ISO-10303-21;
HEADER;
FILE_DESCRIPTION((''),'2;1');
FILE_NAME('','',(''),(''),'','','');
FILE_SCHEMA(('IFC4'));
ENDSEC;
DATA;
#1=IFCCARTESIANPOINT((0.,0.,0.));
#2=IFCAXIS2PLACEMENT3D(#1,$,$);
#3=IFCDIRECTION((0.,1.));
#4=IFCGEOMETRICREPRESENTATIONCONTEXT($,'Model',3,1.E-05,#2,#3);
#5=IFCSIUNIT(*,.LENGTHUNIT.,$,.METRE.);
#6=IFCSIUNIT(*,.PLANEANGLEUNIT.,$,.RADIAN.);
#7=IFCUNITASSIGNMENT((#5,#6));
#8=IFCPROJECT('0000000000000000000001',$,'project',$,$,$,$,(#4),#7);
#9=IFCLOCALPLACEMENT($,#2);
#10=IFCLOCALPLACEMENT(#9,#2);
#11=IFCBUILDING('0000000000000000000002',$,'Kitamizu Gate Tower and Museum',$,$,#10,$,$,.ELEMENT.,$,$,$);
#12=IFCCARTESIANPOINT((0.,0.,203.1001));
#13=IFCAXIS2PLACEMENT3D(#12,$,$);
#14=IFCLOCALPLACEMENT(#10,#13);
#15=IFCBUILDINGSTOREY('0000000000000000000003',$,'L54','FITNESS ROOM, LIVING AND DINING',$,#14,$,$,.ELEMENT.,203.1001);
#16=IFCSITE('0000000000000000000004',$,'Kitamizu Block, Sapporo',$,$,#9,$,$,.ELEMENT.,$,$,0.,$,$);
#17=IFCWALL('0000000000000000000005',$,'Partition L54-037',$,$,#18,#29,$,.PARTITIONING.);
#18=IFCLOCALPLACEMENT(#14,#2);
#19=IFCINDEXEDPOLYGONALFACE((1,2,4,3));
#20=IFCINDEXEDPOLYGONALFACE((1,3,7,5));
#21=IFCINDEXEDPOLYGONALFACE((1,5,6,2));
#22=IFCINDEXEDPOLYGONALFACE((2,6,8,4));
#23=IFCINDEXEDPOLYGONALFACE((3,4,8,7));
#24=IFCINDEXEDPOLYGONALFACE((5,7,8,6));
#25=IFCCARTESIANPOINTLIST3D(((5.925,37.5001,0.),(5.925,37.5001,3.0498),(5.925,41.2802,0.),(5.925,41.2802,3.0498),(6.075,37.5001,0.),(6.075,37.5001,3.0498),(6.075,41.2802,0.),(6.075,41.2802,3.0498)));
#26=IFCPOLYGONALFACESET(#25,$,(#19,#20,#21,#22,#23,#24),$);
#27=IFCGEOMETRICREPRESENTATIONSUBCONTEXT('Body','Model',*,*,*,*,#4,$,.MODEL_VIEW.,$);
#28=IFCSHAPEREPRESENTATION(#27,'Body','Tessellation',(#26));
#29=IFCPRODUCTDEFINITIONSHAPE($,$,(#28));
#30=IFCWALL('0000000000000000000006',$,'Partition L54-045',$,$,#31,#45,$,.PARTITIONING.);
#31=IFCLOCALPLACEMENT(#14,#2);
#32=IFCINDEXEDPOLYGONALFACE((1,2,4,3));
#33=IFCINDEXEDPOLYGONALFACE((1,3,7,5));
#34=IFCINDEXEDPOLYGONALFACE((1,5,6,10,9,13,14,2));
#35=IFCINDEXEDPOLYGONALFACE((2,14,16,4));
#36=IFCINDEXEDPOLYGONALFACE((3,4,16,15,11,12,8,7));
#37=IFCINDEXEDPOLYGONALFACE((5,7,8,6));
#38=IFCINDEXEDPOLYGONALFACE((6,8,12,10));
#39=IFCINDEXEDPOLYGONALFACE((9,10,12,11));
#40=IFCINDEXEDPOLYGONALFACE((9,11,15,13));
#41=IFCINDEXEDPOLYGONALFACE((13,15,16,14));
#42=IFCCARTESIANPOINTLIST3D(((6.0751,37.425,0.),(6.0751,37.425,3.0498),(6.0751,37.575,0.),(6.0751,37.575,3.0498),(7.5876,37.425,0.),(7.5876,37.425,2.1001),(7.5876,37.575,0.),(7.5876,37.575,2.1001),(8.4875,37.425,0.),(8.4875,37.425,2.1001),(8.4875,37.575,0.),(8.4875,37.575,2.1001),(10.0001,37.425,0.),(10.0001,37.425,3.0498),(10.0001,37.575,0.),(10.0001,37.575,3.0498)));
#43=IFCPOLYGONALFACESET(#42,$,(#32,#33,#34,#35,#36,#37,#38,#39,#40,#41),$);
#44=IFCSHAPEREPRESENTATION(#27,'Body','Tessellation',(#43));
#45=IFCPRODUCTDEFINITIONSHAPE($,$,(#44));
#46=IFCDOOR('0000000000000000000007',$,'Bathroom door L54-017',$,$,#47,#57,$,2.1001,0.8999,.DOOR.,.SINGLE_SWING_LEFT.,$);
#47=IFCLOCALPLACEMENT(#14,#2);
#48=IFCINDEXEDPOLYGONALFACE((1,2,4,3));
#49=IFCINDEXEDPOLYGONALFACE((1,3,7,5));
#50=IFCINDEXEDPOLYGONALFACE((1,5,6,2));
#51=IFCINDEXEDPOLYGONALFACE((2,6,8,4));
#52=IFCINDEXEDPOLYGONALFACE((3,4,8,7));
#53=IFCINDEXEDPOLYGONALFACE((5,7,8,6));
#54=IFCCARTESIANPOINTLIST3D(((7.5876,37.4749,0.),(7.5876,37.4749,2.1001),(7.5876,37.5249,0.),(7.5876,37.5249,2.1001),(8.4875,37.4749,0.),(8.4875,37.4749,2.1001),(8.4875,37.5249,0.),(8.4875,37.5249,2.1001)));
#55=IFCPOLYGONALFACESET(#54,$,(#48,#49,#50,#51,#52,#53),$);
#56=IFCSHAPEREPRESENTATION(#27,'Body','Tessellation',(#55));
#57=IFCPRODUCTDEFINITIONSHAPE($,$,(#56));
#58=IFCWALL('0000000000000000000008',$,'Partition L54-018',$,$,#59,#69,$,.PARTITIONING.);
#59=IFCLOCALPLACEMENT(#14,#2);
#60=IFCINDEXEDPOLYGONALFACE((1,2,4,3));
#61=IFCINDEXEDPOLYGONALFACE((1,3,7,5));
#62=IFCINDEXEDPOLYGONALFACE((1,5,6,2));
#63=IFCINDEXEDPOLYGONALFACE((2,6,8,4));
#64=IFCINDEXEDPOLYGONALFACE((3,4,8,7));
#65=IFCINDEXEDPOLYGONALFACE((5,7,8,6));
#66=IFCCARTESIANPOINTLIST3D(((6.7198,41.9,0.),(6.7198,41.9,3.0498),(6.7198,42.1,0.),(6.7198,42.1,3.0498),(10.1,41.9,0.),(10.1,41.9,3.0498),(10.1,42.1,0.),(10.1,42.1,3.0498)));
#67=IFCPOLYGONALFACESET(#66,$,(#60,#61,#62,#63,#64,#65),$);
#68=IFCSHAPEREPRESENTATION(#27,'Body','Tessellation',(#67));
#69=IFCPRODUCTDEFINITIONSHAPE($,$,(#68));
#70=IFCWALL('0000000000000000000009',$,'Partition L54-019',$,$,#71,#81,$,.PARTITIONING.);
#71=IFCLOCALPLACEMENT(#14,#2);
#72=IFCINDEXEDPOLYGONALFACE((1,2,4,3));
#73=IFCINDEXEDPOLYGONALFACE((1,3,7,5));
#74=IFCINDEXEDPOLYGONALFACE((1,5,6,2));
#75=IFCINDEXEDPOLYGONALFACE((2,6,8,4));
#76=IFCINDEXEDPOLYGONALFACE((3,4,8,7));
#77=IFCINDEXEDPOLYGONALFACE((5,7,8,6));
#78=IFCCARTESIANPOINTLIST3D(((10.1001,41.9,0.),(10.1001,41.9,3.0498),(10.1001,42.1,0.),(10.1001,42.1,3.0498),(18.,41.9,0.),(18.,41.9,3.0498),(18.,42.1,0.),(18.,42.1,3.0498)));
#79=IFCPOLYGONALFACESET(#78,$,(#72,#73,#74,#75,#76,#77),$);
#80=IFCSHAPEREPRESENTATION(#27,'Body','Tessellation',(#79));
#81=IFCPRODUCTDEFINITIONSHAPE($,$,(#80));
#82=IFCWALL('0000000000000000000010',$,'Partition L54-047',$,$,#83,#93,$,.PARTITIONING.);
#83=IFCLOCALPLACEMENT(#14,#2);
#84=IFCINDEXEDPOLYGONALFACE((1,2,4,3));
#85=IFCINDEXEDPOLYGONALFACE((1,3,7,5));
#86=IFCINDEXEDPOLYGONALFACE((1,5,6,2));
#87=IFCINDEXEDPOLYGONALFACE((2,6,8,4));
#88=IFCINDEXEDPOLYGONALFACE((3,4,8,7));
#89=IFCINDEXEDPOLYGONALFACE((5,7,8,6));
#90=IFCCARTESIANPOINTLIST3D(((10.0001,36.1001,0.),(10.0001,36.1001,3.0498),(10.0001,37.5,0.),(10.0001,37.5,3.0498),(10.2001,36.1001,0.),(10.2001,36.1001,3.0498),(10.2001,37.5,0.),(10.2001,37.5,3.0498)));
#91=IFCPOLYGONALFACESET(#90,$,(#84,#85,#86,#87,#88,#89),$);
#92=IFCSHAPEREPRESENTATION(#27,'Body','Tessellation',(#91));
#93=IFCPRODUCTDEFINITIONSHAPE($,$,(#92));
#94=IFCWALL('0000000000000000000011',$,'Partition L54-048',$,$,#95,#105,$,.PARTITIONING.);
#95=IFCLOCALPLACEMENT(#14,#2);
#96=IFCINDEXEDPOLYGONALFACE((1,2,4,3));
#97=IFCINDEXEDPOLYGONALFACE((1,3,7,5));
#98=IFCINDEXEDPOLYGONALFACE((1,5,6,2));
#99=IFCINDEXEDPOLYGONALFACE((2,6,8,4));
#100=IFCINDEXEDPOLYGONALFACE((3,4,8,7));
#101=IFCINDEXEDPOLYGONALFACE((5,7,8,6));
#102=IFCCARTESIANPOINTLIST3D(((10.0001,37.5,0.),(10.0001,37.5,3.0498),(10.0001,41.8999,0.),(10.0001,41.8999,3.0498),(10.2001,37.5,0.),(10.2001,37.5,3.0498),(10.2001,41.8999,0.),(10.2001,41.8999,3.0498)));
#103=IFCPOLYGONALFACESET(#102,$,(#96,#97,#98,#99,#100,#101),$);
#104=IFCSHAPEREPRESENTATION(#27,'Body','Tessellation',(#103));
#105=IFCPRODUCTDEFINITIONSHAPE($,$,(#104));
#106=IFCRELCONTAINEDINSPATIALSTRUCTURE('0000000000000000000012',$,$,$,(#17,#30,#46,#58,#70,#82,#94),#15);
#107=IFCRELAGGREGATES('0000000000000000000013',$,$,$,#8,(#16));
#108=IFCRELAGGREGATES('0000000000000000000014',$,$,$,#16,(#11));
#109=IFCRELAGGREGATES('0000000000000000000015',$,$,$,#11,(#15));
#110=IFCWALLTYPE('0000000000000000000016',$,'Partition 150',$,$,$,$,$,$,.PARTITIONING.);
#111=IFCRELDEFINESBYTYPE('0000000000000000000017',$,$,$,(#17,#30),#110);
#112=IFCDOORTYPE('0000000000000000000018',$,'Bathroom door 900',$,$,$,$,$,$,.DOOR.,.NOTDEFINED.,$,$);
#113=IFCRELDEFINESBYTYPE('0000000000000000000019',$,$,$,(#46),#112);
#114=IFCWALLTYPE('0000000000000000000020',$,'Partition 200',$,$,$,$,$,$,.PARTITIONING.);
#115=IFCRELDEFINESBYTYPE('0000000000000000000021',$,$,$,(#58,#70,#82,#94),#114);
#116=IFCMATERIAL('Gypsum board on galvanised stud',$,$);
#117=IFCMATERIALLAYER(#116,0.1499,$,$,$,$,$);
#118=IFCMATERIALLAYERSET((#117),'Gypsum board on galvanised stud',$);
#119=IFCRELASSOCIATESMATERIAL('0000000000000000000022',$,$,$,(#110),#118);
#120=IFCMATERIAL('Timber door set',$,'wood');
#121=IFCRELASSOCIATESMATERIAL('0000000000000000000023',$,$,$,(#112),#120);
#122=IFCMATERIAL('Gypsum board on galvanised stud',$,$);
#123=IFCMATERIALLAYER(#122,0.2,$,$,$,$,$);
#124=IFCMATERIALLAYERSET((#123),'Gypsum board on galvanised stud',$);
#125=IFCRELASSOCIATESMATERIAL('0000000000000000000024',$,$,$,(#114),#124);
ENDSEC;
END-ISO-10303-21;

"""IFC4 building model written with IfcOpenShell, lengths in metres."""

from ifc_helpers import new_model, si_unit, direction, frame, frame_2d, origin, place, context, subcontext, project, spatial, rectangle, extrude, material, layer, layer_set, type_object, element, fill, save


model = new_model("IFC4")

# Units and contexts
model_context = context("Model", 3, precision=1e-05, world=origin(), true_north=direction((0.0, 1.0)))
body_context = subcontext(model_context, "Body", "Model", "MODEL_VIEW")
ifc_project = project(units=[si_unit("LENGTHUNIT", "METRE"), si_unit("PLANEANGLEUNIT", "RADIAN")], contexts=[model_context])

# Site, building, storey
site_placement = place(None, origin())
site = spatial("IfcSite", under=ifc_project, at=site_placement, Name="Kitamizu Block, Sapporo", CompositionType="ELEMENT", RefElevation=0.0)
building_placement = place(site_placement, origin())
building = spatial("IfcBuilding", under=site, at=building_placement, Name="Kitamizu Gate Tower and Museum", CompositionType="ELEMENT")
storey_placement = place(building_placement, frame((0.0, 0.0, 203.1001)))
storey = spatial("IfcBuildingStorey", under=building, at=storey_placement, Name="L54", Description="FITNESS ROOM, LIVING AND DINING", CompositionType="ELEMENT", Elevation=203.1001)

# Wall
ifc_material_1 = material(Name="Gypsum board on galvanised stud")
ifc_layer_1 = layer(ifc_material_1, 0.1499)
ifc_layer_set_1 = layer_set([ifc_layer_1], Name="Gypsum board on galvanised stud")
wall_type_1 = type_object("IfcWallType", Name="Partition 150", PredefinedType="PARTITIONING", material=ifc_layer_set_1)
wall_1_placement = place(storey_placement, frame((6.0, 37.5, 0.0), z_axis=(0.0, 0.0, 1.0), x_axis=(0.0, 1.0, 0.0)))
element("IfcWall", 1, at=wall_1_placement, inside=storey, type_object=wall_type_1, Name="Partition L54-037", PredefinedType="PARTITIONING", context=body_context, shape_type="SweptSolid", body=[
    extrude(rectangle(XDim=3.78, YDim=0.1499, at=frame_2d((1.8901, 0.0))), origin(), (0.0, 0.0, 1.0), 3.0498),
])

# Wall, opening, door
wall_2_placement = place(storey_placement, frame((10.0, 37.5, 0.0), z_axis=(0.0, 0.0, 1.0), x_axis=(-1.0, 0.0, 0.0)))
wall_2 = element("IfcWall", 2, at=wall_2_placement, inside=storey, type_object=wall_type_1, Name="Partition L54-045", PredefinedType="PARTITIONING", context=body_context, shape_type="SweptSolid", body=[
    extrude(rectangle(XDim=3.925, YDim=0.1499, at=frame_2d((1.9624, 0.0))), origin(), (0.0, 0.0, 1.0), 3.0498),
])
opening_1_placement = place(wall_2_placement, frame((1.5125, 0.0, 0.0)))
opening_1 = element("IfcOpeningElement", 3, at=opening_1_placement, cuts=wall_2, PredefinedType="OPENING", context=body_context, shape_type="SweptSolid", body=[
    extrude(rectangle(XDim=0.8999, YDim=2.1001, at=frame_2d((0.45, 1.05))), frame((0.0, 0.085, 0.0), z_axis=(0.0, -1.0, 0.0), x_axis=(1.0, 0.0, 0.0)), (0.0, 0.0, 1.0), 0.1699),
])
ifc_material_2 = material(Name="Timber door set", Category="wood")
door_type = type_object("IfcDoorType", Name="Bathroom door 900", OperationType="NOTDEFINED", PredefinedType="DOOR", material=ifc_material_2)
door_placement = place(opening_1_placement, frame((0.8999, 0.0, 0.0), x_axis=(-1.0, 0.0, 0.0)))
door = element("IfcDoor", 4, at=door_placement, inside=storey, type_object=door_type, Name="Bathroom door L54-017", OperationType="SINGLE_SWING_LEFT", OverallHeight=2.1001, OverallWidth=0.8999, PredefinedType="DOOR", context=body_context, shape_type="SweptSolid", body=[
    extrude(rectangle(XDim=0.8999, YDim=2.1001, at=frame_2d((0.45, 1.05))), frame((0.0, 0.0249, 0.0), z_axis=(0.0, -1.0, 0.0), x_axis=(1.0, 0.0, 0.0)), (0.0, 0.0, 1.0), 0.05),
])
fill(opening_1, door)

# Walls
ifc_material_3 = material(Name="Gypsum board on galvanised stud")
ifc_layer_2 = layer(ifc_material_3, 0.2)
ifc_layer_set_2 = layer_set([ifc_layer_2], Name="Gypsum board on galvanised stud")
wall_type_2 = type_object("IfcWallType", Name="Partition 200", PredefinedType="PARTITIONING", material=ifc_layer_set_2)
wall_3_placement = place(storey_placement, frame((6.72, 42.0, 0.0), z_axis=(0.0, 0.0, 1.0), x_axis=(1.0, 0.0, 0.0)))
element("IfcWall", 5, at=wall_3_placement, inside=storey, type_object=wall_type_2, Name="Partition L54-018", PredefinedType="PARTITIONING", context=body_context, shape_type="SweptSolid", body=[
    extrude(rectangle(XDim=3.3801, YDim=0.2, at=frame_2d((1.6899, 0.0))), origin(), (0.0, 0.0, 1.0), 3.0498),
])
wall_4_placement = place(storey_placement, frame((10.1001, 42.0, 0.0), z_axis=(0.0, 0.0, 1.0), x_axis=(1.0, 0.0, 0.0)))
element("IfcWall", 6, at=wall_4_placement, inside=storey, type_object=wall_type_2, Name="Partition L54-019", PredefinedType="PARTITIONING", context=body_context, shape_type="SweptSolid", body=[
    extrude(rectangle(XDim=7.8999, YDim=0.2, at=frame_2d((3.95, 0.0))), origin(), (0.0, 0.0, 1.0), 3.0498),
])
wall_5_placement = place(storey_placement, frame((10.1001, 36.1001, 0.0), z_axis=(0.0, 0.0, 1.0), x_axis=(0.0, 1.0, 0.0)))
element("IfcWall", 7, at=wall_5_placement, inside=storey, type_object=wall_type_2, Name="Partition L54-047", PredefinedType="PARTITIONING", context=body_context, shape_type="SweptSolid", body=[
    extrude(rectangle(XDim=1.3999, YDim=0.2, at=frame_2d((0.7, 0.0))), origin(), (0.0, 0.0, 1.0), 3.0498),
])
wall_6_placement = place(storey_placement, frame((10.1001, 37.5, 0.0), z_axis=(0.0, 0.0, 1.0), x_axis=(0.0, 1.0, 0.0)))
element("IfcWall", 8, at=wall_6_placement, inside=storey, type_object=wall_type_2, Name="Partition L54-048", PredefinedType="PARTITIONING", context=body_context, shape_type="SweptSolid", body=[
    extrude(rectangle(XDim=4.3999, YDim=0.2, at=frame_2d((2.2, 0.0))), origin(), (0.0, 0.0, 1.0), 3.0498),
])

save(model, "model.ifc")
